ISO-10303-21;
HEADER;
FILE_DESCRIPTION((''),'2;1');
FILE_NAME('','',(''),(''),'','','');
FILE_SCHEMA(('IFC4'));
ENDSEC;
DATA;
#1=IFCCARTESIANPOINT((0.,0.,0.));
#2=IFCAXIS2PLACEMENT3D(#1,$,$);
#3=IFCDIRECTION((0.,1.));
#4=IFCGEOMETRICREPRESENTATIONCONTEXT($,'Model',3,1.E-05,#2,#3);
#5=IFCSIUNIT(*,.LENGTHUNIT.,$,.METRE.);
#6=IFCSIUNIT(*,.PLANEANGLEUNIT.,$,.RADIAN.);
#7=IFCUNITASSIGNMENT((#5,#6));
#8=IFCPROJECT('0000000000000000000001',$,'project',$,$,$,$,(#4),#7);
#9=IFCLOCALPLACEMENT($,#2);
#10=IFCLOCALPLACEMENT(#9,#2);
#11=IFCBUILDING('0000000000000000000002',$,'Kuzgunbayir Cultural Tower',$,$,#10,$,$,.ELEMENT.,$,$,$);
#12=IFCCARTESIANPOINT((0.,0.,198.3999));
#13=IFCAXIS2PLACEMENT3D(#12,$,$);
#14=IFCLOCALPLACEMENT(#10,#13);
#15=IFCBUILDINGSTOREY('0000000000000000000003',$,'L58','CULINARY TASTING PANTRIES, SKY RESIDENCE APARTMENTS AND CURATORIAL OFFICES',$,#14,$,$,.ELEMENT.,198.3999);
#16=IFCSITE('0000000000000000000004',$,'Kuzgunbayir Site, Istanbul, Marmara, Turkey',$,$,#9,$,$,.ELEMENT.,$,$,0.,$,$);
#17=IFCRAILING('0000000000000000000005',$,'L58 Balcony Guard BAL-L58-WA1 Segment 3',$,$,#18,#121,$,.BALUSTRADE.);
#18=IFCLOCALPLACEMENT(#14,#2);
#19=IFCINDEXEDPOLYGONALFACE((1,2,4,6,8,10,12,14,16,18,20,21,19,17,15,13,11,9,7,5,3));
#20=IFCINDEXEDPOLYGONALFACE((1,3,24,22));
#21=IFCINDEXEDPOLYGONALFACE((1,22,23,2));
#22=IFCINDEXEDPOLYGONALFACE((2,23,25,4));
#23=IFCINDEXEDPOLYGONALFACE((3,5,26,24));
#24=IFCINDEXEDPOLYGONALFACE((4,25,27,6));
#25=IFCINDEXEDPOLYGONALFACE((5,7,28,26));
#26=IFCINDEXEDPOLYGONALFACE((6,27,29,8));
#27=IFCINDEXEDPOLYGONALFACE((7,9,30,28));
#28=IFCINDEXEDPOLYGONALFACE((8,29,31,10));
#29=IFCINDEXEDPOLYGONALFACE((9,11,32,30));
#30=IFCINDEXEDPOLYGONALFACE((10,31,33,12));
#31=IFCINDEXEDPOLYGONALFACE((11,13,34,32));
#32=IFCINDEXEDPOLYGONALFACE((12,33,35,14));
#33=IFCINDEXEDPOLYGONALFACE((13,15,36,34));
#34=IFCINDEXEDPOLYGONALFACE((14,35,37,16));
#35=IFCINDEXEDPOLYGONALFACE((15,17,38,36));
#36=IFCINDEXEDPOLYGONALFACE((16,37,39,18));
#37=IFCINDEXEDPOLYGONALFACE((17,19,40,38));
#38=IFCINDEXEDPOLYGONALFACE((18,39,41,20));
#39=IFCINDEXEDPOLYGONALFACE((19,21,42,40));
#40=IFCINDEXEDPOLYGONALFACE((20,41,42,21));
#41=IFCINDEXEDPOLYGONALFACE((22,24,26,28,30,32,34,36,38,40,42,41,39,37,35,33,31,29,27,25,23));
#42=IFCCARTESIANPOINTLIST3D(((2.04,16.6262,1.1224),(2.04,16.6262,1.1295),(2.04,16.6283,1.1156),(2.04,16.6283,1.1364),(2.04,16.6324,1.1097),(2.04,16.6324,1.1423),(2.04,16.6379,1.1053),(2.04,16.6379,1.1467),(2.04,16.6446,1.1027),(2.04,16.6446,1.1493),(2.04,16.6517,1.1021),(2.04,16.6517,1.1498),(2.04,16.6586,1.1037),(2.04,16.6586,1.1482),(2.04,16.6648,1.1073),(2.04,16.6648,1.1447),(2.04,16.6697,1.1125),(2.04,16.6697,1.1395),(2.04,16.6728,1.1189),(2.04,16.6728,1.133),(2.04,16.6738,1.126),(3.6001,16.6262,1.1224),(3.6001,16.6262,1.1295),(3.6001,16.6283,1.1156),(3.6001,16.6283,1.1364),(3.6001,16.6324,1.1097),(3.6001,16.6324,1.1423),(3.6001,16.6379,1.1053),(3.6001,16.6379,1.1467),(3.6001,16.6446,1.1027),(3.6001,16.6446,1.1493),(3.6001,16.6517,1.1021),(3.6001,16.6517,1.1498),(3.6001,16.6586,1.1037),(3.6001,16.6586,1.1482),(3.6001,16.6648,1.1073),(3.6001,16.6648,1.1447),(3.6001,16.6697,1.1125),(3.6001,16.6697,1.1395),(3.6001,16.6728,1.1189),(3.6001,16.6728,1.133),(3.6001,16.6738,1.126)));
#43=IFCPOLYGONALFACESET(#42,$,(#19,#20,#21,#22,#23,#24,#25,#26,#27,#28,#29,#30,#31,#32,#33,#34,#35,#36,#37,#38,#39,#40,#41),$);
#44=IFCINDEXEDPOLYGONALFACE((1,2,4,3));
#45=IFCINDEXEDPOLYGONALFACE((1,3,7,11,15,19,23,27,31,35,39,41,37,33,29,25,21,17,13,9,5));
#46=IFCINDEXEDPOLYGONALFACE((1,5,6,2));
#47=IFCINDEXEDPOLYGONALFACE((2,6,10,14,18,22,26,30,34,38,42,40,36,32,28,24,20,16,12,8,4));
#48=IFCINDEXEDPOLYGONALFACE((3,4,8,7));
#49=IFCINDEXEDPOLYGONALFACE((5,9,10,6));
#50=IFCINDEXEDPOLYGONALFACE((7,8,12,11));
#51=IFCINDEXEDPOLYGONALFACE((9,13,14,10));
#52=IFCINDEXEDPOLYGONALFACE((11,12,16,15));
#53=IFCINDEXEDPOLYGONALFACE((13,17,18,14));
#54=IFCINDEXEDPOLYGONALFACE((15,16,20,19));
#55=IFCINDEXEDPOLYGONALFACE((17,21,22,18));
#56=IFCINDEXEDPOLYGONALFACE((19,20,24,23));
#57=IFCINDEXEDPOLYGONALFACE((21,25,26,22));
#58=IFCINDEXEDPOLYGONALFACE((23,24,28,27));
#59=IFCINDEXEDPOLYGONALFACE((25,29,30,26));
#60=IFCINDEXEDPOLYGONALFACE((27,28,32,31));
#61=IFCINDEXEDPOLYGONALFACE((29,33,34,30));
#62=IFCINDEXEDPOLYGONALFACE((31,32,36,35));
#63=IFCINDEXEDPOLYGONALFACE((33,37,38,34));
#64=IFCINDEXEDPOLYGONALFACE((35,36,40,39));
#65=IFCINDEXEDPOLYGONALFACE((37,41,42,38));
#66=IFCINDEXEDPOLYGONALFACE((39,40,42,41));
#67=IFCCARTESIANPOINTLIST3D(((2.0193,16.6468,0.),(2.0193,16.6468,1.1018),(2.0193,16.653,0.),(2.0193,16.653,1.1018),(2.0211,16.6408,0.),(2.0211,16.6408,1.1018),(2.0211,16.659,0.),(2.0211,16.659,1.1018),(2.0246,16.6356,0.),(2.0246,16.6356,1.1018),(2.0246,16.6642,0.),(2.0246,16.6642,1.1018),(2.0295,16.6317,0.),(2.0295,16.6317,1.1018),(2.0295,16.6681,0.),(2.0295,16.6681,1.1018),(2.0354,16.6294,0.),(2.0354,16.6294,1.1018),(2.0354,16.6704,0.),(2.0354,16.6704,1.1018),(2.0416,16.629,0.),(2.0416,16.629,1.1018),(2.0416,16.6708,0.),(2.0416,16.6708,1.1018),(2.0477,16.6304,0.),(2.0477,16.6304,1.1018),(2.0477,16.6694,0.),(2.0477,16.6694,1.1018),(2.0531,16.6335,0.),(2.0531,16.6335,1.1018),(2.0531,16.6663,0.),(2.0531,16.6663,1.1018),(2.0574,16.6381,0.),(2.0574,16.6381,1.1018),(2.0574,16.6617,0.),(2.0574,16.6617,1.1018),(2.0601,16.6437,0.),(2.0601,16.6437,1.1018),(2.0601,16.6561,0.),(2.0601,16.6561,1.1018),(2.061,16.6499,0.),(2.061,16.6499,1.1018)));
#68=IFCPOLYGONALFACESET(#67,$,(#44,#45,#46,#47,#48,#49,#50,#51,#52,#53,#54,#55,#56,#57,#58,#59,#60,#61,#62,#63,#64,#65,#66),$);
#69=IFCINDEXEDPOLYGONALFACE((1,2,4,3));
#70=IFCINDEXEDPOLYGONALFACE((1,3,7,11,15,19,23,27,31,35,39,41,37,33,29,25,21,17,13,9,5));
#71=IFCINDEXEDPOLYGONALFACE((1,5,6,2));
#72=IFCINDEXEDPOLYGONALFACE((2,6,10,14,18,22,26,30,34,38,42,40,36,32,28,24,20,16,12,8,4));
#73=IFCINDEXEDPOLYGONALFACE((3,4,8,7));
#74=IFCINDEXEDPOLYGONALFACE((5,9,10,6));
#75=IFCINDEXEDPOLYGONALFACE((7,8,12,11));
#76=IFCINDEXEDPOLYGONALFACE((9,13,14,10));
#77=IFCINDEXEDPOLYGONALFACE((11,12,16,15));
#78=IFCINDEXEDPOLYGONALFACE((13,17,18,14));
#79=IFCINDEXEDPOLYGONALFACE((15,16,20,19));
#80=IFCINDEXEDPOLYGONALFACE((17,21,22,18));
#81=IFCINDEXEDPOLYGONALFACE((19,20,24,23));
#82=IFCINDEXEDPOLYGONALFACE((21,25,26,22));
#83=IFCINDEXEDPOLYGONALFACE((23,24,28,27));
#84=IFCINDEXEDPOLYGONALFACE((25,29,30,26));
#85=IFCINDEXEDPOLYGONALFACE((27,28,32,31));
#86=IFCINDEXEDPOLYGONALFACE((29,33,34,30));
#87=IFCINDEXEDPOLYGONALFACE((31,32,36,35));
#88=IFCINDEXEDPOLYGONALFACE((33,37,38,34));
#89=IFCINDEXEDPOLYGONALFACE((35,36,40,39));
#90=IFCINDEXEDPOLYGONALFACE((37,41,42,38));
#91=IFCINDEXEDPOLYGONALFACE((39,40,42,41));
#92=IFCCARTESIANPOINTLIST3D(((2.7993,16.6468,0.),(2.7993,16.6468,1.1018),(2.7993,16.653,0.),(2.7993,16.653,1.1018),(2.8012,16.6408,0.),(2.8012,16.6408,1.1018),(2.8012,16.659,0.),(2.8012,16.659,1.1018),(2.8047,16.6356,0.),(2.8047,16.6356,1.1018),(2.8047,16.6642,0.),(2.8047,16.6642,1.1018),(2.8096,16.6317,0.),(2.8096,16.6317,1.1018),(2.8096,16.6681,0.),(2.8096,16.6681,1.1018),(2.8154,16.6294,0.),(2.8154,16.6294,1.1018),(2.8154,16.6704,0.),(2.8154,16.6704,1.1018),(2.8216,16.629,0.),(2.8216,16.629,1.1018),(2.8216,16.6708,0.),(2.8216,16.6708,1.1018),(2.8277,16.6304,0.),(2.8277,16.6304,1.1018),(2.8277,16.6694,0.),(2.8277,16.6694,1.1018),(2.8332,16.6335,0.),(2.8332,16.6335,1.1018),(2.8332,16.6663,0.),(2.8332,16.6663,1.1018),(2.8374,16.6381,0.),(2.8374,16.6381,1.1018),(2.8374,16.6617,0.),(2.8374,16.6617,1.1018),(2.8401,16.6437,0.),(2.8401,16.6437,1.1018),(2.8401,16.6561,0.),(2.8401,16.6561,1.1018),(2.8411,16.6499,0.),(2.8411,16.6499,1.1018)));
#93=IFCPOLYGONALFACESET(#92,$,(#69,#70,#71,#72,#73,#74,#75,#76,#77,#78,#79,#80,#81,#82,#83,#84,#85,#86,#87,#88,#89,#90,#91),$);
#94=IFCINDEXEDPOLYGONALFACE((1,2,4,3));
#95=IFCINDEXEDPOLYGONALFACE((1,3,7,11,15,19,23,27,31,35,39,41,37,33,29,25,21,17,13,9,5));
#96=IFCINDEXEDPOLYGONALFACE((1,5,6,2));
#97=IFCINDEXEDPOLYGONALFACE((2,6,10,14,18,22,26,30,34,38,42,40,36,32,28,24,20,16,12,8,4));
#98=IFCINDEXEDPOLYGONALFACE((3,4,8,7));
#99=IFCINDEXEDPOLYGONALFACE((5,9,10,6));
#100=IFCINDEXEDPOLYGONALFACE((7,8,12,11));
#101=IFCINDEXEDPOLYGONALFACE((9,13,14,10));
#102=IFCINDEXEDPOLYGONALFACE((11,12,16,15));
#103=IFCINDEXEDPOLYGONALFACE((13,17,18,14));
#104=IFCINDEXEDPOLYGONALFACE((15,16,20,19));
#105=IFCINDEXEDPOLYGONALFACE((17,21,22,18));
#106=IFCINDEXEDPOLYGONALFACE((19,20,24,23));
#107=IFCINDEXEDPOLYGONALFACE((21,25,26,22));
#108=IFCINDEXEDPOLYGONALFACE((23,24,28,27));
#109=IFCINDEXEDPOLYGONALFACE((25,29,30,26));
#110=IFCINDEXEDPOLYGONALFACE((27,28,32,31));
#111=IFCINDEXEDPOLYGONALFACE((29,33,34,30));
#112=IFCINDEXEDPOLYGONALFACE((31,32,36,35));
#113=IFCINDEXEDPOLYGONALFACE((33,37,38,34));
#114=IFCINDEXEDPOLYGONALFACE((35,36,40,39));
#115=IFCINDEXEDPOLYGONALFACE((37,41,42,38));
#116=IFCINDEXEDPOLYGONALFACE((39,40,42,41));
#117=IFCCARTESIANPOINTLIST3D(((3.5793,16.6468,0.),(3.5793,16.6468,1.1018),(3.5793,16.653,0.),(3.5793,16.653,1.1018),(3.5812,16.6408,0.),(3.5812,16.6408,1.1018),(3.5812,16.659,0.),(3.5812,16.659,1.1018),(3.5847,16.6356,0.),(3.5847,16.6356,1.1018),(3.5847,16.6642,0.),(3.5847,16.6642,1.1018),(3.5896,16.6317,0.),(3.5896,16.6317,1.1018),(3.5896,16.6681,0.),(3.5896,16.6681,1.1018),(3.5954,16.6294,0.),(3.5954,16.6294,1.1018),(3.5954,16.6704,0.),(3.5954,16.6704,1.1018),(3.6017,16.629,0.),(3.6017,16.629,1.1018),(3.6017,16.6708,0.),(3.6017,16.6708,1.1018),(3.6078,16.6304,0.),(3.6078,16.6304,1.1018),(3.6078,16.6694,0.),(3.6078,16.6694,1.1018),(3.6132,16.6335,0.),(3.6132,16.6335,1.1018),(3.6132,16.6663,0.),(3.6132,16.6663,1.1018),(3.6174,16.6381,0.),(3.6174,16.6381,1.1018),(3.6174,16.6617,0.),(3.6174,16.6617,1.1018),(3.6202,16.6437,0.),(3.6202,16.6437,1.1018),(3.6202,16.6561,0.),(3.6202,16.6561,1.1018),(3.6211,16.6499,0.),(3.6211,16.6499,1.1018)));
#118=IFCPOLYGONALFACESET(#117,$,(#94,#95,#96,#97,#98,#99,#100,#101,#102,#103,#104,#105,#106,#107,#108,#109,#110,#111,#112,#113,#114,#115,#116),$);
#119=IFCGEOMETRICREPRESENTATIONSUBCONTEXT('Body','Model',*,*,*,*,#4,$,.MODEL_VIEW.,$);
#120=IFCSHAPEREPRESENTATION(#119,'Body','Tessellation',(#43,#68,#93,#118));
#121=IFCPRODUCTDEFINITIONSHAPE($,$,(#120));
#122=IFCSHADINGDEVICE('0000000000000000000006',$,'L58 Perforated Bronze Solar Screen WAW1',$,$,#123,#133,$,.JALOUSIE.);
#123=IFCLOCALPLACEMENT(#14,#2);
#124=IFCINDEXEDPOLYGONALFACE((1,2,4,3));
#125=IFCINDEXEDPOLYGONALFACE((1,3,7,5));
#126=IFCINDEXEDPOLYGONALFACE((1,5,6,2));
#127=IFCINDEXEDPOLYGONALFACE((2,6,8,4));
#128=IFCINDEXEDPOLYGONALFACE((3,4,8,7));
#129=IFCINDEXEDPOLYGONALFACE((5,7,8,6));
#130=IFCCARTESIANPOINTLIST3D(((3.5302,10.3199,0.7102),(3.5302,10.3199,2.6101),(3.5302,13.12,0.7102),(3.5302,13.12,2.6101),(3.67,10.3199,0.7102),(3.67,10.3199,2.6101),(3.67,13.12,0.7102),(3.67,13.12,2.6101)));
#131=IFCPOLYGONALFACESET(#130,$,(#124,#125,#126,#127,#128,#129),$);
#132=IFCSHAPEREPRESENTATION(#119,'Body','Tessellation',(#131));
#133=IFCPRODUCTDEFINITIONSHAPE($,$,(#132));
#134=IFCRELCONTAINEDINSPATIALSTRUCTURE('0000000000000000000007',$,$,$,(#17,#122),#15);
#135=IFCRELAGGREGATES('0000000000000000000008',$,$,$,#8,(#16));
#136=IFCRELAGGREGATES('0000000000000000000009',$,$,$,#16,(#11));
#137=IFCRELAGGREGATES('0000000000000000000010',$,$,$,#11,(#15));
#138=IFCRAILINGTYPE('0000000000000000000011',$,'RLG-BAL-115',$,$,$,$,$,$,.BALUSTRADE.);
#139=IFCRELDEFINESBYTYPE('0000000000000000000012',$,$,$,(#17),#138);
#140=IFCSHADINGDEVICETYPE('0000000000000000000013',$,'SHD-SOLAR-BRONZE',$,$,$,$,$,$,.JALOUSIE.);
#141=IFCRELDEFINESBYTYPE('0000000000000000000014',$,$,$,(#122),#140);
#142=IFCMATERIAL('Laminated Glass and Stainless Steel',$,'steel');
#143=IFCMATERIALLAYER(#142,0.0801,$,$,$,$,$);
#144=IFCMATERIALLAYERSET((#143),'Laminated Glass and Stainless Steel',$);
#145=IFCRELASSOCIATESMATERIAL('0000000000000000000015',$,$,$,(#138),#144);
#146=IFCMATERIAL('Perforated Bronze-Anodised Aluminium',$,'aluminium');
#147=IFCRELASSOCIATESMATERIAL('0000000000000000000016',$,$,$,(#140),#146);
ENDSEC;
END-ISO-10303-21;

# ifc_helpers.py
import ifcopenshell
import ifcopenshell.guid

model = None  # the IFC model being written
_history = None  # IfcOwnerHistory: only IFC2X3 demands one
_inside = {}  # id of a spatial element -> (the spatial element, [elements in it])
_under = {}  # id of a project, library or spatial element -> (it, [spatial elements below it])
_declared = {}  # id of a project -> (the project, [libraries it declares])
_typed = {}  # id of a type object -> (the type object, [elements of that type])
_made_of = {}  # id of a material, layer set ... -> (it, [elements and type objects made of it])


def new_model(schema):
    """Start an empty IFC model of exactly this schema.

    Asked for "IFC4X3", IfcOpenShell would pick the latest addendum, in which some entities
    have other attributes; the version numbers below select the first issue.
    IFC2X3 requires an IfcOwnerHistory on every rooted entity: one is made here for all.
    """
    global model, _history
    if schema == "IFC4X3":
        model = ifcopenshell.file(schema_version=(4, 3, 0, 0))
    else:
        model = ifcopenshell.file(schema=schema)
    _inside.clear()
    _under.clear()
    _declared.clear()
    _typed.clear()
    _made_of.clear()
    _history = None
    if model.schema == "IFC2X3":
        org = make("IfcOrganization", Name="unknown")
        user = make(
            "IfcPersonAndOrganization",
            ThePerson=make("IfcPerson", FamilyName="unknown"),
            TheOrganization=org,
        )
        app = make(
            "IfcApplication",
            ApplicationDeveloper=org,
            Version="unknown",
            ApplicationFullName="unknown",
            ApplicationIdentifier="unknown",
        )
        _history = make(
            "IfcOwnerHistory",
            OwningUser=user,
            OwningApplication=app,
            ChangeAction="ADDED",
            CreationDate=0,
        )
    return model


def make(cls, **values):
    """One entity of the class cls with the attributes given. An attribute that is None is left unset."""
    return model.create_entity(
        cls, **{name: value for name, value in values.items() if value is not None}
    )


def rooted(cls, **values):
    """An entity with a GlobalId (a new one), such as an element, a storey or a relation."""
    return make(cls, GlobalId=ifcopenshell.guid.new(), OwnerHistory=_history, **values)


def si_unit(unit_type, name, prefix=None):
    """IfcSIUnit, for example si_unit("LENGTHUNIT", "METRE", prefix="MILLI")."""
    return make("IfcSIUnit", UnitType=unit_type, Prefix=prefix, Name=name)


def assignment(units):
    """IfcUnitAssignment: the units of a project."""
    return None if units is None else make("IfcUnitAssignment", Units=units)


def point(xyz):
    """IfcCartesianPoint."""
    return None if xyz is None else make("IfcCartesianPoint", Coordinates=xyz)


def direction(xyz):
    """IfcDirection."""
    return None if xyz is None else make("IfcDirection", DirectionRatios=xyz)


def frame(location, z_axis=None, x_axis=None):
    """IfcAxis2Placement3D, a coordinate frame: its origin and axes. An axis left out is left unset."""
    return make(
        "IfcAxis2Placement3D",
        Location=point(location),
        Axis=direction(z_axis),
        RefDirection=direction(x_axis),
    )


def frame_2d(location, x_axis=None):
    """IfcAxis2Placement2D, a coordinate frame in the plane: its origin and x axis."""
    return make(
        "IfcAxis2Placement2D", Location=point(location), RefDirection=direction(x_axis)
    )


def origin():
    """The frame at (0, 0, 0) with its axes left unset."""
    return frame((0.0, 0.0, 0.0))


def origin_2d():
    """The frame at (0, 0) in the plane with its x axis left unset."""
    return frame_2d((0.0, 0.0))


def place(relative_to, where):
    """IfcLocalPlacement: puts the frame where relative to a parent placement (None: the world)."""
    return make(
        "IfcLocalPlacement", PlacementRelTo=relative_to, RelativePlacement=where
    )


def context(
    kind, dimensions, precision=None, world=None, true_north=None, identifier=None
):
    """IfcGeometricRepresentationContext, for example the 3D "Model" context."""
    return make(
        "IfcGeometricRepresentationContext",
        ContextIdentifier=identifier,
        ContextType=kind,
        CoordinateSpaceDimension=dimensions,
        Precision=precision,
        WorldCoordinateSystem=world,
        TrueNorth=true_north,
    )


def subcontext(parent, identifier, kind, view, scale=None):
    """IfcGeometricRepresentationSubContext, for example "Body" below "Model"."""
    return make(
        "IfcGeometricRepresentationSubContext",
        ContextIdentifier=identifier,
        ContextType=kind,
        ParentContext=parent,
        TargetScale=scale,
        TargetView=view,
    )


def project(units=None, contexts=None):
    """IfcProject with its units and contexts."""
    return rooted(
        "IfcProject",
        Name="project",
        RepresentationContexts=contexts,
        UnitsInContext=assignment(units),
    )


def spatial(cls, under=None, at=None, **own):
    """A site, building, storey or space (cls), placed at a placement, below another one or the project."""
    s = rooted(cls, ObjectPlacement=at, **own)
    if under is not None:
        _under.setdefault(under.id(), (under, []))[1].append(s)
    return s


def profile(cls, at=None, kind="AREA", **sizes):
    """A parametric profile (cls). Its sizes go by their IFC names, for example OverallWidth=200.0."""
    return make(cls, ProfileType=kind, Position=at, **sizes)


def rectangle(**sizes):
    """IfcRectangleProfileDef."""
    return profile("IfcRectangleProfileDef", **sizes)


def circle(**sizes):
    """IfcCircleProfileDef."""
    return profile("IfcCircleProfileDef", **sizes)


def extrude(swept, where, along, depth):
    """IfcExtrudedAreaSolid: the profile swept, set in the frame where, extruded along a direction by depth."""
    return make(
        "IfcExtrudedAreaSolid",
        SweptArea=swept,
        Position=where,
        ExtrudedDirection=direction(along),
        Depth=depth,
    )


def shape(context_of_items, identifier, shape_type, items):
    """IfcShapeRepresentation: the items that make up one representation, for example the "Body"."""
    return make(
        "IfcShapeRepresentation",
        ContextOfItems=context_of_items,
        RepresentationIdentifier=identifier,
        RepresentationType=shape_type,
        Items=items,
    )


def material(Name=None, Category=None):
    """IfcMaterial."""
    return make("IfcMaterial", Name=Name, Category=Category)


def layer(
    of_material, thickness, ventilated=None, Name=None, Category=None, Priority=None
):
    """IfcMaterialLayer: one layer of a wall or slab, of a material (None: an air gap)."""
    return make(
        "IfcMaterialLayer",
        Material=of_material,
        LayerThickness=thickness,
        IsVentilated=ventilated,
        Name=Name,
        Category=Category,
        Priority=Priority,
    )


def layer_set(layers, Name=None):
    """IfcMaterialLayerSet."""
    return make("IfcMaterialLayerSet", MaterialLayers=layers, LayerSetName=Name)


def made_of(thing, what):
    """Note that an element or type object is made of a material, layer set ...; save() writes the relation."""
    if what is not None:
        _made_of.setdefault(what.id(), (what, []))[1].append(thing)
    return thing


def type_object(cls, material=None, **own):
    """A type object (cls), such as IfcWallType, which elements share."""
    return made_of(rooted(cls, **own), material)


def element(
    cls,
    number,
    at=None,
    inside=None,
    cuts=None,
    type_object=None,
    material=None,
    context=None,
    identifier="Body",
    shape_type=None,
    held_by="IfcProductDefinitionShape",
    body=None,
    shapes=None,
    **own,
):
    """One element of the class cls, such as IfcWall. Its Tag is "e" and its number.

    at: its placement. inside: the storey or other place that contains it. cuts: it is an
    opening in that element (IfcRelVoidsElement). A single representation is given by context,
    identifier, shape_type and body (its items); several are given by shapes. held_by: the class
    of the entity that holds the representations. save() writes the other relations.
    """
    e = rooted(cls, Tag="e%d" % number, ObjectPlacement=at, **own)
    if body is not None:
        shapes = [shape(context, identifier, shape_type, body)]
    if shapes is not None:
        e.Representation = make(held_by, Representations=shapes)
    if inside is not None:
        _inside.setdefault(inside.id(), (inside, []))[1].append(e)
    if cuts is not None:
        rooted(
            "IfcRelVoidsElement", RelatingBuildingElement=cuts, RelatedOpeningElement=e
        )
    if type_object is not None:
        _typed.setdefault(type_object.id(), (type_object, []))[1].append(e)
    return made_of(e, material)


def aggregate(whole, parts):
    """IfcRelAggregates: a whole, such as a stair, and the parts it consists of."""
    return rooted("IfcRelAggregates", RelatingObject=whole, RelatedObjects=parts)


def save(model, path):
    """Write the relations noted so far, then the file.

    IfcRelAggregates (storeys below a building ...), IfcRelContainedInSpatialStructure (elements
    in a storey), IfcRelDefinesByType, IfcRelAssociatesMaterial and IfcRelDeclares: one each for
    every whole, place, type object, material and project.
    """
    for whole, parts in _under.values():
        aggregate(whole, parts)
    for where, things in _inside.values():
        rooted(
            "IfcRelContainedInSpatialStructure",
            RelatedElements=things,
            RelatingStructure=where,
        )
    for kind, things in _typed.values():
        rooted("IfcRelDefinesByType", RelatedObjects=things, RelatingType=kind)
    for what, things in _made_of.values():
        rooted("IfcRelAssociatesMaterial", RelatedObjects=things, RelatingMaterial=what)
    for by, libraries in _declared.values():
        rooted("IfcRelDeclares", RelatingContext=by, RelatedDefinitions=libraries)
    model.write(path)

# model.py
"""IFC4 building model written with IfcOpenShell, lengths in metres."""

from ifc_helpers import new_model, si_unit, direction, frame, origin, origin_2d, place, context, subcontext, project, spatial, rectangle, circle, extrude, material, layer, layer_set, type_object, element, save


model = new_model("IFC4")

# Units and contexts
model_context = context("Model", 3, precision=1e-05, world=origin(), true_north=direction((0.0, 1.0)))
body_context = subcontext(model_context, "Body", "Model", "MODEL_VIEW")
ifc_project = project(units=[si_unit("LENGTHUNIT", "METRE"), si_unit("PLANEANGLEUNIT", "RADIAN")], contexts=[model_context])

# Site, building, storey
site_placement = place(None, origin())
site = spatial("IfcSite", under=ifc_project, at=site_placement, Name="Kuzgunbayir Site, Istanbul, Marmara, Turkey", CompositionType="ELEMENT", RefElevation=0.0)
building_placement = place(site_placement, origin())
building = spatial("IfcBuilding", under=site, at=building_placement, Name="Kuzgunbayir Cultural Tower", CompositionType="ELEMENT")
storey_placement = place(building_placement, frame((0.0, 0.0, 198.3999)))
storey = spatial("IfcBuildingStorey", under=building, at=storey_placement, Name="L58", Description="CULINARY TASTING PANTRIES, SKY RESIDENCE APARTMENTS AND CURATORIAL OFFICES", CompositionType="ELEMENT", Elevation=198.3999)

# Railing
ifc_material_1 = material(Name="Laminated Glass and Stainless Steel", Category="steel")
ifc_layer_1 = layer(ifc_material_1, 0.0801)
ifc_layer_set_1 = layer_set([ifc_layer_1], Name="Laminated Glass and Stainless Steel")
railing_type = type_object("IfcRailingType", Name="RLG-BAL-115", PredefinedType="BALUSTRADE", material=ifc_layer_set_1)
railing_1_placement = place(storey_placement, frame((2.04, 16.6499, 0.0)))
element("IfcRailing", 1, at=railing_1_placement, inside=storey, type_object=railing_type, Name="L58 Balcony Guard BAL-L58-WA1 Segment 3", PredefinedType="BALUSTRADE", context=body_context, shape_type="SweptSolid", body=[
    extrude(circle(Radius=0.0239, at=origin_2d()), frame((0.0, 0.0, 1.126), z_axis=(1.0, 0.0, 0.0), x_axis=(0.0, 1.0, 0.0)), (0.0, 0.0, 1.0), 1.5601),
    extrude(circle(Radius=0.021, at=origin_2d()), origin(), (0.0, 0.0, 1.0), 1.1018),
    extrude(circle(Radius=0.021, at=origin_2d()), frame((0.78, 0.0, 0.0)), (0.0, 0.0, 1.0), 1.1018),
    extrude(circle(Radius=0.021, at=origin_2d()), frame((1.5601, 0.0, 0.0)), (0.0, 0.0, 1.0), 1.1018),
])

# Shading device
ifc_material_2 = material(Name="Perforated Bronze-Anodised Aluminium", Category="aluminium")
shading_device_type = type_object("IfcShadingDeviceType", Name="SHD-SOLAR-BRONZE", PredefinedType="JALOUSIE", material=ifc_material_2)
shading_device_placement = place(storey_placement, frame((3.6001, 11.72, 0.7102), z_axis=(0.0, 0.0, 1.0), x_axis=(1.0, 0.0, 0.0)))
element("IfcShadingDevice", 2, at=shading_device_placement, inside=storey, type_object=shading_device_type, Name="L58 Perforated Bronze Solar Screen WAW1", PredefinedType="JALOUSIE", context=body_context, shape_type="SweptSolid", body=[
    extrude(rectangle(XDim=0.1399, YDim=2.8, at=origin_2d()), origin(), (0.0, 0.0, 1.0), 1.8999),
])

save(model, "model.ifc")
